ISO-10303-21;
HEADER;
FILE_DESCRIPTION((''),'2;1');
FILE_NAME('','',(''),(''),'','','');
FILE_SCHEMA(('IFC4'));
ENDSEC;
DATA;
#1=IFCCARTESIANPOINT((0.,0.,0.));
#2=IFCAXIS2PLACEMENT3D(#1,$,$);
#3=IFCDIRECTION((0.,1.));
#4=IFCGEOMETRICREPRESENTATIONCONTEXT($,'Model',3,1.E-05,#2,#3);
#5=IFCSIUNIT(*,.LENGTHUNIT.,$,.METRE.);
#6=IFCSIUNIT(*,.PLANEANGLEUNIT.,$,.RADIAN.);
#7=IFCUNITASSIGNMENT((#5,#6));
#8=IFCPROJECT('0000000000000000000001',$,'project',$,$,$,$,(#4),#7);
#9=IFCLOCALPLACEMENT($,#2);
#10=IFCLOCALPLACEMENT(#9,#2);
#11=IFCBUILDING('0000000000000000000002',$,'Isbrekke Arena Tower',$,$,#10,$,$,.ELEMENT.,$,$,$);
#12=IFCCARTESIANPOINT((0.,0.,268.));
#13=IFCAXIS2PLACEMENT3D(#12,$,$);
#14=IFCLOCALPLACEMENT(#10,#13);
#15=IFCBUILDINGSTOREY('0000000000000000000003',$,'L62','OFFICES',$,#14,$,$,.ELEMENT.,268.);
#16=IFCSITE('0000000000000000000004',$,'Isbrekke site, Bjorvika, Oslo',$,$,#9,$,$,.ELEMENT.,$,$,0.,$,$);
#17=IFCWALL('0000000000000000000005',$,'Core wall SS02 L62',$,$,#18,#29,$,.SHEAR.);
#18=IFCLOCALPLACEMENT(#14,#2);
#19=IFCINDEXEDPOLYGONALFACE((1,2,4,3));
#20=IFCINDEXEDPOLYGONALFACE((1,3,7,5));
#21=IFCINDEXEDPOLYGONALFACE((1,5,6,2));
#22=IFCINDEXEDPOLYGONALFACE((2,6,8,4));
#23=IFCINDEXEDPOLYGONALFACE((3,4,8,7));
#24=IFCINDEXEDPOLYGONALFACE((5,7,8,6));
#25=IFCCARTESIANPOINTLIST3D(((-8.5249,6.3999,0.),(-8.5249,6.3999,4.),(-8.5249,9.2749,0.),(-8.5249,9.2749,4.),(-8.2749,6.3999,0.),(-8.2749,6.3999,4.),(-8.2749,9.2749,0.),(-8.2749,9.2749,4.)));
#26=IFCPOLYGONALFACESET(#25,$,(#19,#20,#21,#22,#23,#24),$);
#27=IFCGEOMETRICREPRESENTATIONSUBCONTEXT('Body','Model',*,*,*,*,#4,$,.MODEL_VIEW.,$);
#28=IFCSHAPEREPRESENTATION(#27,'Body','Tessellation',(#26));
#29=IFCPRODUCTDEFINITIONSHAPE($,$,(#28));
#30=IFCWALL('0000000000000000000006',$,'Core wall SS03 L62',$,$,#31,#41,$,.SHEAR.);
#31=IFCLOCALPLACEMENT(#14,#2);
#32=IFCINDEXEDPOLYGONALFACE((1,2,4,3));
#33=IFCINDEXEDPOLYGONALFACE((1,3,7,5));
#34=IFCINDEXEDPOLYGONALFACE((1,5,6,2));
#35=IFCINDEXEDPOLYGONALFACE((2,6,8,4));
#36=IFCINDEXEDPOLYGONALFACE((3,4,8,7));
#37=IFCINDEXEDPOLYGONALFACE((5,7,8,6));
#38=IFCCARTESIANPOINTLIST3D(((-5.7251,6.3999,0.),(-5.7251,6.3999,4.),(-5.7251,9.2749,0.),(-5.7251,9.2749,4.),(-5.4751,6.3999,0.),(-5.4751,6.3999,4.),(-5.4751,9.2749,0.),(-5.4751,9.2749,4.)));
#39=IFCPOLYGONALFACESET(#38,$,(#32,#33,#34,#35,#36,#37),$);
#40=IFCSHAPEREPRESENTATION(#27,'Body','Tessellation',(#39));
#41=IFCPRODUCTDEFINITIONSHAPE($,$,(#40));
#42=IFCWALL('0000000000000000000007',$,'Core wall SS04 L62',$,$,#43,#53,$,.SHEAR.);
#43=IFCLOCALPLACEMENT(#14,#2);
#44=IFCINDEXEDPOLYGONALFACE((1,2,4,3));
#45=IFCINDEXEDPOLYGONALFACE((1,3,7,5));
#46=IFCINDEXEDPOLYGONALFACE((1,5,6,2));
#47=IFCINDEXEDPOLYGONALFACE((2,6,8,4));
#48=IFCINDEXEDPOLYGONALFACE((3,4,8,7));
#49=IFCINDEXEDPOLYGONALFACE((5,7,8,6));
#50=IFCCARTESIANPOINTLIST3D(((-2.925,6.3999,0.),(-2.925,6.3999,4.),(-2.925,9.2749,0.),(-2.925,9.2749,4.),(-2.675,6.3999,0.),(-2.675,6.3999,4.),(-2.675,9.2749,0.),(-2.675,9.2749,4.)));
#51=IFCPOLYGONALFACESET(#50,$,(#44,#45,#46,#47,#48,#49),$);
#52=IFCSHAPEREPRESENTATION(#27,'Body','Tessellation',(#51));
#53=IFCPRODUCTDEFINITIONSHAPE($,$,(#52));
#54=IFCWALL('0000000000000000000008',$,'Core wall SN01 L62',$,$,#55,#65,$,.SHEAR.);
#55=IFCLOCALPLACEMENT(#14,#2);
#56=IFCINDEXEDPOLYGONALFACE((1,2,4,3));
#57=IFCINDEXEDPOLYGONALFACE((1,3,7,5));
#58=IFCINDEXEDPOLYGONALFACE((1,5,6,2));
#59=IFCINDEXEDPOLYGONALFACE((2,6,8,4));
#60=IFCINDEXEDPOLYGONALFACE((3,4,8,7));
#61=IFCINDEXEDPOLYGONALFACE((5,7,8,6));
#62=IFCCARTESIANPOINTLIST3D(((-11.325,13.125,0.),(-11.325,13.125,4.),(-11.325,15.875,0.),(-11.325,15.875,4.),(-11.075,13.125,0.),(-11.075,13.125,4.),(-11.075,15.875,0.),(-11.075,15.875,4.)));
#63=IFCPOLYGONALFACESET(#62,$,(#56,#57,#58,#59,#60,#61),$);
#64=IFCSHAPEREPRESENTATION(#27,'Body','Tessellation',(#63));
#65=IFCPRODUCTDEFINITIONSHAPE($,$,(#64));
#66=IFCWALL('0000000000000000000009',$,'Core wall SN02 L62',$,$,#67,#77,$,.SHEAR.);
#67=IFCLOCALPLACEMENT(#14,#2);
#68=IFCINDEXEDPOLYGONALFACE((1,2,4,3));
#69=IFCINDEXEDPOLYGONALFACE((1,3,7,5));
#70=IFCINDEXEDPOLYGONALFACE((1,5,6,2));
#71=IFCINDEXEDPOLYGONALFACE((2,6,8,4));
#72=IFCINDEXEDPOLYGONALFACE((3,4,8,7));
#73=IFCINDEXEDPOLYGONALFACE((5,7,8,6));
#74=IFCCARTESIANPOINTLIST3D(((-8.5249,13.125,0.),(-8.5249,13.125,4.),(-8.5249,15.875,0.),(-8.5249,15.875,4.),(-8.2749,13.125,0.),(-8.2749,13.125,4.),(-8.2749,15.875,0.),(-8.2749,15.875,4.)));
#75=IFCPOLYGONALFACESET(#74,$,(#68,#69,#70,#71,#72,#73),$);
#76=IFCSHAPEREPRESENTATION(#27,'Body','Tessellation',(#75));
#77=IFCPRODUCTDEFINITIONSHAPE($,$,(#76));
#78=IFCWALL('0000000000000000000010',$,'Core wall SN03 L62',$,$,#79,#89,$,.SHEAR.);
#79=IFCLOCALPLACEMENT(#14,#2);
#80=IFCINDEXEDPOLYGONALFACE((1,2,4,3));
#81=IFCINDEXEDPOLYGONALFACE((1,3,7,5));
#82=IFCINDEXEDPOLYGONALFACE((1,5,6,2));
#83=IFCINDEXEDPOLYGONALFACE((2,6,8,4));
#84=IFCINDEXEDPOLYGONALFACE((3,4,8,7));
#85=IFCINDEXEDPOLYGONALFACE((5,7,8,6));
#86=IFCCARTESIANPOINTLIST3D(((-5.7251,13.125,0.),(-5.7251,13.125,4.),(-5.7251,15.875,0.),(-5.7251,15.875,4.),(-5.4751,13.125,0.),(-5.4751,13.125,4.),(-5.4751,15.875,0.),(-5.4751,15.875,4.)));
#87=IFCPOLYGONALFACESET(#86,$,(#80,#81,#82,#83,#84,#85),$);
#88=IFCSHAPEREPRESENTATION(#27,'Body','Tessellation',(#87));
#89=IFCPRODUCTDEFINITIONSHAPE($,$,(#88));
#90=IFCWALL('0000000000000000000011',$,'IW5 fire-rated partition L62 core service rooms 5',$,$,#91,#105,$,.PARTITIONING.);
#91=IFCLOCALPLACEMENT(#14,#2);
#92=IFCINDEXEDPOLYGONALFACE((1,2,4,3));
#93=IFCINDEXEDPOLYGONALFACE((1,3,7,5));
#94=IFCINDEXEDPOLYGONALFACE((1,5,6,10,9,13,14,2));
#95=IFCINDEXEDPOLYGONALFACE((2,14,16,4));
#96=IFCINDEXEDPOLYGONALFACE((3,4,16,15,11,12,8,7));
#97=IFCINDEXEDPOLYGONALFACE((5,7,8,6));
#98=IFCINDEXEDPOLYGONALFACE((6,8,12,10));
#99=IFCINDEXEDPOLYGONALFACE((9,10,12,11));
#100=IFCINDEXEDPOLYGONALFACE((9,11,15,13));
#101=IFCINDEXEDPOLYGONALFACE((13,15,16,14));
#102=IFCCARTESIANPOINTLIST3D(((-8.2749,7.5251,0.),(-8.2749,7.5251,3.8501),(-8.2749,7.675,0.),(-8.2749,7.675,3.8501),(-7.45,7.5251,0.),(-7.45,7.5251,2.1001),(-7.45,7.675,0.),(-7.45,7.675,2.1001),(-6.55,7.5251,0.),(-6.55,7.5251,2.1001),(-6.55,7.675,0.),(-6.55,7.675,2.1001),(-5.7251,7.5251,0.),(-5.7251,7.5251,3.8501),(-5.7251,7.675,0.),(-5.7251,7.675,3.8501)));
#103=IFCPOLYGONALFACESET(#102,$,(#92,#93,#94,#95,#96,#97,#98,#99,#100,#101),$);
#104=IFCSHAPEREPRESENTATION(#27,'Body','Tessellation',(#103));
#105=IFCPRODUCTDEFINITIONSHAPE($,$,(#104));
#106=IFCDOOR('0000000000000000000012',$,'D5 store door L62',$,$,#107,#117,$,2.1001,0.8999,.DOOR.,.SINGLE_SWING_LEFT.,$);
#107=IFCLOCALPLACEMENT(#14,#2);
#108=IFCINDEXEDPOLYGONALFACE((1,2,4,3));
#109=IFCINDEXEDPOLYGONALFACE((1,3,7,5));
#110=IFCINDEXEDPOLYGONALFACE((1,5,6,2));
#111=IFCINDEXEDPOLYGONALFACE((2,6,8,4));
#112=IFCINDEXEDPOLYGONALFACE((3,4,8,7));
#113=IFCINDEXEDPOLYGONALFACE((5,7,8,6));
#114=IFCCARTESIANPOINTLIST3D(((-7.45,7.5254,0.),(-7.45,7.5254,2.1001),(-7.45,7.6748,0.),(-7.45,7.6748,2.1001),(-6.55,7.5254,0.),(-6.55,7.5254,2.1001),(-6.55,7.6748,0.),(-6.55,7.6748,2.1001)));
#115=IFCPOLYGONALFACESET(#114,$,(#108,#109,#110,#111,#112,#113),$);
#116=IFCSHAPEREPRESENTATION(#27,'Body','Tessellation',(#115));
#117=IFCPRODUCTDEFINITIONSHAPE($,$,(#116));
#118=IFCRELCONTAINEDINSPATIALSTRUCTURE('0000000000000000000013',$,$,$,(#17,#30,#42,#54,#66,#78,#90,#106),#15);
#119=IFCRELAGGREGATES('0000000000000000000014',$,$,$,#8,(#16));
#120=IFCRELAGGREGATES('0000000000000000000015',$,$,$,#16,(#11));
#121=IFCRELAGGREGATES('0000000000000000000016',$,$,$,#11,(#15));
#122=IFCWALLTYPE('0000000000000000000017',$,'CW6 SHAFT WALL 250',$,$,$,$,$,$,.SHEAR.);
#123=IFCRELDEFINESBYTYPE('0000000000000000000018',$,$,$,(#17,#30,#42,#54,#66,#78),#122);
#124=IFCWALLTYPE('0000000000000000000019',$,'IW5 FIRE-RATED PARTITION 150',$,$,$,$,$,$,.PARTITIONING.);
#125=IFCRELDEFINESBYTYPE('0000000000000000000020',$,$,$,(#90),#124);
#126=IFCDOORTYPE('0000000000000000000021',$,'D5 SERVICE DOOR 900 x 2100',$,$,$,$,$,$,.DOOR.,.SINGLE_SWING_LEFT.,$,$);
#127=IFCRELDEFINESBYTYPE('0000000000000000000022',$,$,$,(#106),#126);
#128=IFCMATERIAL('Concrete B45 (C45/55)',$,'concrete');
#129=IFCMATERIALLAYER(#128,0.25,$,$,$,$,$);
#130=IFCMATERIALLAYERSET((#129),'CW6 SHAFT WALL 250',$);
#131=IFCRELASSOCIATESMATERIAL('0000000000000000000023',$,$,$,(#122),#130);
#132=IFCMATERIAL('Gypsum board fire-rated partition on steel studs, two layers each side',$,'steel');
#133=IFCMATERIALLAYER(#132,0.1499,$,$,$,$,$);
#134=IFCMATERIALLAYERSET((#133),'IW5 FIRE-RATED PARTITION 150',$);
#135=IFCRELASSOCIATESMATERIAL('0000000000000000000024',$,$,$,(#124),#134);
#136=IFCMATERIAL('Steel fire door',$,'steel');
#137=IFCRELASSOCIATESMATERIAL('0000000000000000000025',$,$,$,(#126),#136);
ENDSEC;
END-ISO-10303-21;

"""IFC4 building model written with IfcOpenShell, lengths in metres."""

from ifc_helpers import new_model, si_unit, direction, frame, frame_2d, origin, place, context, subcontext, project, spatial, rectangle, extrude, material, layer, layer_set, type_object, element, fill, save


model = new_model("IFC4")

# Units and contexts
model_context = context("Model", 3, precision=1e-05, world=origin(), true_north=direction((0.0, 1.0)))
body_context = subcontext(model_context, "Body", "Model", "MODEL_VIEW")
ifc_project = project(units=[si_unit("LENGTHUNIT", "METRE"), si_unit("PLANEANGLEUNIT", "RADIAN")], contexts=[model_context])

# Site, building, storey
site_placement = place(None, origin())
site = spatial("IfcSite", under=ifc_project, at=site_placement, Name="Isbrekke site, Bjorvika, Oslo", CompositionType="ELEMENT", RefElevation=0.0)
building_placement = place(site_placement, origin())
building = spatial("IfcBuilding", under=site, at=building_placement, Name="Isbrekke Arena Tower", CompositionType="ELEMENT")
storey_placement = place(building_placement, frame((0.0, 0.0, 268.0)))
storey = spatial("IfcBuildingStorey", under=building, at=storey_placement, Name="L62", Description="OFFICES", CompositionType="ELEMENT", Elevation=268.0)

# Walls
ifc_material_1 = material(Name="Concrete B45 (C45/55)", Category="concrete")
ifc_layer_1 = layer(ifc_material_1, 0.25)
ifc_layer_set_1 = layer_set([ifc_layer_1], Name="CW6 SHAFT WALL 250")
wall_type_1 = type_object("IfcWallType", Name="CW6 SHAFT WALL 250", PredefinedType="SHEAR", material=ifc_layer_set_1)
for number, where, z_axis, x_axis, name in (
    (1, (-8.3999, 6.3999, 0.0), (0.0, 0.0, 1.0), (0.0, 1.0, 0.0), "Core wall SS02 L62"),
    (2, (-5.6001, 6.3999, 0.0), (0.0, 0.0, 1.0), (0.0, 1.0, 0.0), "Core wall SS03 L62"),
    (3, (-2.8, 6.3999, 0.0), (0.0, 0.0, 1.0), (0.0, 1.0, 0.0), "Core wall SS04 L62"),
):
    element("IfcWall", number, at=place(storey_placement, frame(where, z_axis=z_axis, x_axis=x_axis)), inside=storey, type_object=wall_type_1, Name=name, PredefinedType="SHEAR", context=body_context, shape_type="SweptSolid", body=[
        extrude(rectangle(XDim=2.875, YDim=0.25, at=frame_2d((1.4375, 0.0))), origin(), (0.0, 0.0, 1.0), 4.0),
    ])
for number, where, z_axis, x_axis, name in (
    (4, (-11.2, 13.125, 0.0), (0.0, 0.0, 1.0), (0.0, 1.0, 0.0), "Core wall SN01 L62"),
    (5, (-8.3999, 13.125, 0.0), (0.0, 0.0, 1.0), (0.0, 1.0, 0.0), "Core wall SN02 L62"),
    (6, (-5.6001, 13.125, 0.0), (0.0, 0.0, 1.0), (0.0, 1.0, 0.0), "Core wall SN03 L62"),
):
    element("IfcWall", number, at=place(storey_placement, frame(where, z_axis=z_axis, x_axis=x_axis)), inside=storey, type_object=wall_type_1, Name=name, PredefinedType="SHEAR", context=body_context, shape_type="SweptSolid", body=[
        extrude(rectangle(XDim=2.75, YDim=0.25, at=frame_2d((1.375, 0.0))), origin(), (0.0, 0.0, 1.0), 4.0),
    ])

# Wall, opening, door
ifc_material_2 = material(Name="Gypsum board fire-rated partition on steel studs, two layers each side", Category="steel")
ifc_layer_2 = layer(ifc_material_2, 0.1499)
ifc_layer_set_2 = layer_set([ifc_layer_2], Name="IW5 FIRE-RATED PARTITION 150")
wall_type_2 = type_object("IfcWallType", Name="IW5 FIRE-RATED PARTITION 150", PredefinedType="PARTITIONING", material=ifc_layer_set_2)
wall_placement = place(storey_placement, frame((-8.2749, 7.6001, 0.0), z_axis=(0.0, 0.0, 1.0), x_axis=(1.0, 0.0, 0.0)))
wall = element("IfcWall", 7, at=wall_placement, inside=storey, type_object=wall_type_2, Name="IW5 fire-rated partition L62 core service rooms 5", PredefinedType="PARTITIONING", context=body_context, shape_type="SweptSolid", body=[
    extrude(rectangle(XDim=2.5498, YDim=0.1499, at=frame_2d((1.2749, 0.0))), origin(), (0.0, 0.0, 1.0), 3.8501),
])
opening_placement = place(wall_placement, frame((0.825, 0.0, 0.0)))
opening = element("IfcOpeningElement", 8, at=opening_placement, cuts=wall, PredefinedType="OPENING", context=body_context, shape_type="SweptSolid", body=[
    extrude(rectangle(XDim=0.8999, YDim=2.1001, at=frame_2d((0.45, 1.05))), frame((0.0, 0.0898, 0.0), z_axis=(0.0, -1.0, 0.0), x_axis=(1.0, 0.0, 0.0)), (0.0, 0.0, 1.0), 0.1797),
])
ifc_material_3 = material(Name="Steel fire door", Category="steel")
door_type = type_object("IfcDoorType", Name="D5 SERVICE DOOR 900 x 2100", OperationType="SINGLE_SWING_LEFT", PredefinedType="DOOR", material=ifc_material_3)
door_placement = place(opening_placement, origin())
door = element("IfcDoor", 9, at=door_placement, inside=storey, type_object=door_type, Name="D5 store door L62", OperationType="SINGLE_SWING_LEFT", OverallHeight=2.1001, OverallWidth=0.8999, PredefinedType="DOOR", context=body_context, shape_type="SweptSolid", body=[
    extrude(rectangle(XDim=0.8999, YDim=2.1001, at=frame_2d((0.45, 1.05))), frame((0.0, 0.0747, 0.0), z_axis=(0.0, -1.0, 0.0), x_axis=(1.0, 0.0, 0.0)), (0.0, 0.0, 1.0), 0.1494),
])
fill(opening, door)

save(model, "model.ifc")
